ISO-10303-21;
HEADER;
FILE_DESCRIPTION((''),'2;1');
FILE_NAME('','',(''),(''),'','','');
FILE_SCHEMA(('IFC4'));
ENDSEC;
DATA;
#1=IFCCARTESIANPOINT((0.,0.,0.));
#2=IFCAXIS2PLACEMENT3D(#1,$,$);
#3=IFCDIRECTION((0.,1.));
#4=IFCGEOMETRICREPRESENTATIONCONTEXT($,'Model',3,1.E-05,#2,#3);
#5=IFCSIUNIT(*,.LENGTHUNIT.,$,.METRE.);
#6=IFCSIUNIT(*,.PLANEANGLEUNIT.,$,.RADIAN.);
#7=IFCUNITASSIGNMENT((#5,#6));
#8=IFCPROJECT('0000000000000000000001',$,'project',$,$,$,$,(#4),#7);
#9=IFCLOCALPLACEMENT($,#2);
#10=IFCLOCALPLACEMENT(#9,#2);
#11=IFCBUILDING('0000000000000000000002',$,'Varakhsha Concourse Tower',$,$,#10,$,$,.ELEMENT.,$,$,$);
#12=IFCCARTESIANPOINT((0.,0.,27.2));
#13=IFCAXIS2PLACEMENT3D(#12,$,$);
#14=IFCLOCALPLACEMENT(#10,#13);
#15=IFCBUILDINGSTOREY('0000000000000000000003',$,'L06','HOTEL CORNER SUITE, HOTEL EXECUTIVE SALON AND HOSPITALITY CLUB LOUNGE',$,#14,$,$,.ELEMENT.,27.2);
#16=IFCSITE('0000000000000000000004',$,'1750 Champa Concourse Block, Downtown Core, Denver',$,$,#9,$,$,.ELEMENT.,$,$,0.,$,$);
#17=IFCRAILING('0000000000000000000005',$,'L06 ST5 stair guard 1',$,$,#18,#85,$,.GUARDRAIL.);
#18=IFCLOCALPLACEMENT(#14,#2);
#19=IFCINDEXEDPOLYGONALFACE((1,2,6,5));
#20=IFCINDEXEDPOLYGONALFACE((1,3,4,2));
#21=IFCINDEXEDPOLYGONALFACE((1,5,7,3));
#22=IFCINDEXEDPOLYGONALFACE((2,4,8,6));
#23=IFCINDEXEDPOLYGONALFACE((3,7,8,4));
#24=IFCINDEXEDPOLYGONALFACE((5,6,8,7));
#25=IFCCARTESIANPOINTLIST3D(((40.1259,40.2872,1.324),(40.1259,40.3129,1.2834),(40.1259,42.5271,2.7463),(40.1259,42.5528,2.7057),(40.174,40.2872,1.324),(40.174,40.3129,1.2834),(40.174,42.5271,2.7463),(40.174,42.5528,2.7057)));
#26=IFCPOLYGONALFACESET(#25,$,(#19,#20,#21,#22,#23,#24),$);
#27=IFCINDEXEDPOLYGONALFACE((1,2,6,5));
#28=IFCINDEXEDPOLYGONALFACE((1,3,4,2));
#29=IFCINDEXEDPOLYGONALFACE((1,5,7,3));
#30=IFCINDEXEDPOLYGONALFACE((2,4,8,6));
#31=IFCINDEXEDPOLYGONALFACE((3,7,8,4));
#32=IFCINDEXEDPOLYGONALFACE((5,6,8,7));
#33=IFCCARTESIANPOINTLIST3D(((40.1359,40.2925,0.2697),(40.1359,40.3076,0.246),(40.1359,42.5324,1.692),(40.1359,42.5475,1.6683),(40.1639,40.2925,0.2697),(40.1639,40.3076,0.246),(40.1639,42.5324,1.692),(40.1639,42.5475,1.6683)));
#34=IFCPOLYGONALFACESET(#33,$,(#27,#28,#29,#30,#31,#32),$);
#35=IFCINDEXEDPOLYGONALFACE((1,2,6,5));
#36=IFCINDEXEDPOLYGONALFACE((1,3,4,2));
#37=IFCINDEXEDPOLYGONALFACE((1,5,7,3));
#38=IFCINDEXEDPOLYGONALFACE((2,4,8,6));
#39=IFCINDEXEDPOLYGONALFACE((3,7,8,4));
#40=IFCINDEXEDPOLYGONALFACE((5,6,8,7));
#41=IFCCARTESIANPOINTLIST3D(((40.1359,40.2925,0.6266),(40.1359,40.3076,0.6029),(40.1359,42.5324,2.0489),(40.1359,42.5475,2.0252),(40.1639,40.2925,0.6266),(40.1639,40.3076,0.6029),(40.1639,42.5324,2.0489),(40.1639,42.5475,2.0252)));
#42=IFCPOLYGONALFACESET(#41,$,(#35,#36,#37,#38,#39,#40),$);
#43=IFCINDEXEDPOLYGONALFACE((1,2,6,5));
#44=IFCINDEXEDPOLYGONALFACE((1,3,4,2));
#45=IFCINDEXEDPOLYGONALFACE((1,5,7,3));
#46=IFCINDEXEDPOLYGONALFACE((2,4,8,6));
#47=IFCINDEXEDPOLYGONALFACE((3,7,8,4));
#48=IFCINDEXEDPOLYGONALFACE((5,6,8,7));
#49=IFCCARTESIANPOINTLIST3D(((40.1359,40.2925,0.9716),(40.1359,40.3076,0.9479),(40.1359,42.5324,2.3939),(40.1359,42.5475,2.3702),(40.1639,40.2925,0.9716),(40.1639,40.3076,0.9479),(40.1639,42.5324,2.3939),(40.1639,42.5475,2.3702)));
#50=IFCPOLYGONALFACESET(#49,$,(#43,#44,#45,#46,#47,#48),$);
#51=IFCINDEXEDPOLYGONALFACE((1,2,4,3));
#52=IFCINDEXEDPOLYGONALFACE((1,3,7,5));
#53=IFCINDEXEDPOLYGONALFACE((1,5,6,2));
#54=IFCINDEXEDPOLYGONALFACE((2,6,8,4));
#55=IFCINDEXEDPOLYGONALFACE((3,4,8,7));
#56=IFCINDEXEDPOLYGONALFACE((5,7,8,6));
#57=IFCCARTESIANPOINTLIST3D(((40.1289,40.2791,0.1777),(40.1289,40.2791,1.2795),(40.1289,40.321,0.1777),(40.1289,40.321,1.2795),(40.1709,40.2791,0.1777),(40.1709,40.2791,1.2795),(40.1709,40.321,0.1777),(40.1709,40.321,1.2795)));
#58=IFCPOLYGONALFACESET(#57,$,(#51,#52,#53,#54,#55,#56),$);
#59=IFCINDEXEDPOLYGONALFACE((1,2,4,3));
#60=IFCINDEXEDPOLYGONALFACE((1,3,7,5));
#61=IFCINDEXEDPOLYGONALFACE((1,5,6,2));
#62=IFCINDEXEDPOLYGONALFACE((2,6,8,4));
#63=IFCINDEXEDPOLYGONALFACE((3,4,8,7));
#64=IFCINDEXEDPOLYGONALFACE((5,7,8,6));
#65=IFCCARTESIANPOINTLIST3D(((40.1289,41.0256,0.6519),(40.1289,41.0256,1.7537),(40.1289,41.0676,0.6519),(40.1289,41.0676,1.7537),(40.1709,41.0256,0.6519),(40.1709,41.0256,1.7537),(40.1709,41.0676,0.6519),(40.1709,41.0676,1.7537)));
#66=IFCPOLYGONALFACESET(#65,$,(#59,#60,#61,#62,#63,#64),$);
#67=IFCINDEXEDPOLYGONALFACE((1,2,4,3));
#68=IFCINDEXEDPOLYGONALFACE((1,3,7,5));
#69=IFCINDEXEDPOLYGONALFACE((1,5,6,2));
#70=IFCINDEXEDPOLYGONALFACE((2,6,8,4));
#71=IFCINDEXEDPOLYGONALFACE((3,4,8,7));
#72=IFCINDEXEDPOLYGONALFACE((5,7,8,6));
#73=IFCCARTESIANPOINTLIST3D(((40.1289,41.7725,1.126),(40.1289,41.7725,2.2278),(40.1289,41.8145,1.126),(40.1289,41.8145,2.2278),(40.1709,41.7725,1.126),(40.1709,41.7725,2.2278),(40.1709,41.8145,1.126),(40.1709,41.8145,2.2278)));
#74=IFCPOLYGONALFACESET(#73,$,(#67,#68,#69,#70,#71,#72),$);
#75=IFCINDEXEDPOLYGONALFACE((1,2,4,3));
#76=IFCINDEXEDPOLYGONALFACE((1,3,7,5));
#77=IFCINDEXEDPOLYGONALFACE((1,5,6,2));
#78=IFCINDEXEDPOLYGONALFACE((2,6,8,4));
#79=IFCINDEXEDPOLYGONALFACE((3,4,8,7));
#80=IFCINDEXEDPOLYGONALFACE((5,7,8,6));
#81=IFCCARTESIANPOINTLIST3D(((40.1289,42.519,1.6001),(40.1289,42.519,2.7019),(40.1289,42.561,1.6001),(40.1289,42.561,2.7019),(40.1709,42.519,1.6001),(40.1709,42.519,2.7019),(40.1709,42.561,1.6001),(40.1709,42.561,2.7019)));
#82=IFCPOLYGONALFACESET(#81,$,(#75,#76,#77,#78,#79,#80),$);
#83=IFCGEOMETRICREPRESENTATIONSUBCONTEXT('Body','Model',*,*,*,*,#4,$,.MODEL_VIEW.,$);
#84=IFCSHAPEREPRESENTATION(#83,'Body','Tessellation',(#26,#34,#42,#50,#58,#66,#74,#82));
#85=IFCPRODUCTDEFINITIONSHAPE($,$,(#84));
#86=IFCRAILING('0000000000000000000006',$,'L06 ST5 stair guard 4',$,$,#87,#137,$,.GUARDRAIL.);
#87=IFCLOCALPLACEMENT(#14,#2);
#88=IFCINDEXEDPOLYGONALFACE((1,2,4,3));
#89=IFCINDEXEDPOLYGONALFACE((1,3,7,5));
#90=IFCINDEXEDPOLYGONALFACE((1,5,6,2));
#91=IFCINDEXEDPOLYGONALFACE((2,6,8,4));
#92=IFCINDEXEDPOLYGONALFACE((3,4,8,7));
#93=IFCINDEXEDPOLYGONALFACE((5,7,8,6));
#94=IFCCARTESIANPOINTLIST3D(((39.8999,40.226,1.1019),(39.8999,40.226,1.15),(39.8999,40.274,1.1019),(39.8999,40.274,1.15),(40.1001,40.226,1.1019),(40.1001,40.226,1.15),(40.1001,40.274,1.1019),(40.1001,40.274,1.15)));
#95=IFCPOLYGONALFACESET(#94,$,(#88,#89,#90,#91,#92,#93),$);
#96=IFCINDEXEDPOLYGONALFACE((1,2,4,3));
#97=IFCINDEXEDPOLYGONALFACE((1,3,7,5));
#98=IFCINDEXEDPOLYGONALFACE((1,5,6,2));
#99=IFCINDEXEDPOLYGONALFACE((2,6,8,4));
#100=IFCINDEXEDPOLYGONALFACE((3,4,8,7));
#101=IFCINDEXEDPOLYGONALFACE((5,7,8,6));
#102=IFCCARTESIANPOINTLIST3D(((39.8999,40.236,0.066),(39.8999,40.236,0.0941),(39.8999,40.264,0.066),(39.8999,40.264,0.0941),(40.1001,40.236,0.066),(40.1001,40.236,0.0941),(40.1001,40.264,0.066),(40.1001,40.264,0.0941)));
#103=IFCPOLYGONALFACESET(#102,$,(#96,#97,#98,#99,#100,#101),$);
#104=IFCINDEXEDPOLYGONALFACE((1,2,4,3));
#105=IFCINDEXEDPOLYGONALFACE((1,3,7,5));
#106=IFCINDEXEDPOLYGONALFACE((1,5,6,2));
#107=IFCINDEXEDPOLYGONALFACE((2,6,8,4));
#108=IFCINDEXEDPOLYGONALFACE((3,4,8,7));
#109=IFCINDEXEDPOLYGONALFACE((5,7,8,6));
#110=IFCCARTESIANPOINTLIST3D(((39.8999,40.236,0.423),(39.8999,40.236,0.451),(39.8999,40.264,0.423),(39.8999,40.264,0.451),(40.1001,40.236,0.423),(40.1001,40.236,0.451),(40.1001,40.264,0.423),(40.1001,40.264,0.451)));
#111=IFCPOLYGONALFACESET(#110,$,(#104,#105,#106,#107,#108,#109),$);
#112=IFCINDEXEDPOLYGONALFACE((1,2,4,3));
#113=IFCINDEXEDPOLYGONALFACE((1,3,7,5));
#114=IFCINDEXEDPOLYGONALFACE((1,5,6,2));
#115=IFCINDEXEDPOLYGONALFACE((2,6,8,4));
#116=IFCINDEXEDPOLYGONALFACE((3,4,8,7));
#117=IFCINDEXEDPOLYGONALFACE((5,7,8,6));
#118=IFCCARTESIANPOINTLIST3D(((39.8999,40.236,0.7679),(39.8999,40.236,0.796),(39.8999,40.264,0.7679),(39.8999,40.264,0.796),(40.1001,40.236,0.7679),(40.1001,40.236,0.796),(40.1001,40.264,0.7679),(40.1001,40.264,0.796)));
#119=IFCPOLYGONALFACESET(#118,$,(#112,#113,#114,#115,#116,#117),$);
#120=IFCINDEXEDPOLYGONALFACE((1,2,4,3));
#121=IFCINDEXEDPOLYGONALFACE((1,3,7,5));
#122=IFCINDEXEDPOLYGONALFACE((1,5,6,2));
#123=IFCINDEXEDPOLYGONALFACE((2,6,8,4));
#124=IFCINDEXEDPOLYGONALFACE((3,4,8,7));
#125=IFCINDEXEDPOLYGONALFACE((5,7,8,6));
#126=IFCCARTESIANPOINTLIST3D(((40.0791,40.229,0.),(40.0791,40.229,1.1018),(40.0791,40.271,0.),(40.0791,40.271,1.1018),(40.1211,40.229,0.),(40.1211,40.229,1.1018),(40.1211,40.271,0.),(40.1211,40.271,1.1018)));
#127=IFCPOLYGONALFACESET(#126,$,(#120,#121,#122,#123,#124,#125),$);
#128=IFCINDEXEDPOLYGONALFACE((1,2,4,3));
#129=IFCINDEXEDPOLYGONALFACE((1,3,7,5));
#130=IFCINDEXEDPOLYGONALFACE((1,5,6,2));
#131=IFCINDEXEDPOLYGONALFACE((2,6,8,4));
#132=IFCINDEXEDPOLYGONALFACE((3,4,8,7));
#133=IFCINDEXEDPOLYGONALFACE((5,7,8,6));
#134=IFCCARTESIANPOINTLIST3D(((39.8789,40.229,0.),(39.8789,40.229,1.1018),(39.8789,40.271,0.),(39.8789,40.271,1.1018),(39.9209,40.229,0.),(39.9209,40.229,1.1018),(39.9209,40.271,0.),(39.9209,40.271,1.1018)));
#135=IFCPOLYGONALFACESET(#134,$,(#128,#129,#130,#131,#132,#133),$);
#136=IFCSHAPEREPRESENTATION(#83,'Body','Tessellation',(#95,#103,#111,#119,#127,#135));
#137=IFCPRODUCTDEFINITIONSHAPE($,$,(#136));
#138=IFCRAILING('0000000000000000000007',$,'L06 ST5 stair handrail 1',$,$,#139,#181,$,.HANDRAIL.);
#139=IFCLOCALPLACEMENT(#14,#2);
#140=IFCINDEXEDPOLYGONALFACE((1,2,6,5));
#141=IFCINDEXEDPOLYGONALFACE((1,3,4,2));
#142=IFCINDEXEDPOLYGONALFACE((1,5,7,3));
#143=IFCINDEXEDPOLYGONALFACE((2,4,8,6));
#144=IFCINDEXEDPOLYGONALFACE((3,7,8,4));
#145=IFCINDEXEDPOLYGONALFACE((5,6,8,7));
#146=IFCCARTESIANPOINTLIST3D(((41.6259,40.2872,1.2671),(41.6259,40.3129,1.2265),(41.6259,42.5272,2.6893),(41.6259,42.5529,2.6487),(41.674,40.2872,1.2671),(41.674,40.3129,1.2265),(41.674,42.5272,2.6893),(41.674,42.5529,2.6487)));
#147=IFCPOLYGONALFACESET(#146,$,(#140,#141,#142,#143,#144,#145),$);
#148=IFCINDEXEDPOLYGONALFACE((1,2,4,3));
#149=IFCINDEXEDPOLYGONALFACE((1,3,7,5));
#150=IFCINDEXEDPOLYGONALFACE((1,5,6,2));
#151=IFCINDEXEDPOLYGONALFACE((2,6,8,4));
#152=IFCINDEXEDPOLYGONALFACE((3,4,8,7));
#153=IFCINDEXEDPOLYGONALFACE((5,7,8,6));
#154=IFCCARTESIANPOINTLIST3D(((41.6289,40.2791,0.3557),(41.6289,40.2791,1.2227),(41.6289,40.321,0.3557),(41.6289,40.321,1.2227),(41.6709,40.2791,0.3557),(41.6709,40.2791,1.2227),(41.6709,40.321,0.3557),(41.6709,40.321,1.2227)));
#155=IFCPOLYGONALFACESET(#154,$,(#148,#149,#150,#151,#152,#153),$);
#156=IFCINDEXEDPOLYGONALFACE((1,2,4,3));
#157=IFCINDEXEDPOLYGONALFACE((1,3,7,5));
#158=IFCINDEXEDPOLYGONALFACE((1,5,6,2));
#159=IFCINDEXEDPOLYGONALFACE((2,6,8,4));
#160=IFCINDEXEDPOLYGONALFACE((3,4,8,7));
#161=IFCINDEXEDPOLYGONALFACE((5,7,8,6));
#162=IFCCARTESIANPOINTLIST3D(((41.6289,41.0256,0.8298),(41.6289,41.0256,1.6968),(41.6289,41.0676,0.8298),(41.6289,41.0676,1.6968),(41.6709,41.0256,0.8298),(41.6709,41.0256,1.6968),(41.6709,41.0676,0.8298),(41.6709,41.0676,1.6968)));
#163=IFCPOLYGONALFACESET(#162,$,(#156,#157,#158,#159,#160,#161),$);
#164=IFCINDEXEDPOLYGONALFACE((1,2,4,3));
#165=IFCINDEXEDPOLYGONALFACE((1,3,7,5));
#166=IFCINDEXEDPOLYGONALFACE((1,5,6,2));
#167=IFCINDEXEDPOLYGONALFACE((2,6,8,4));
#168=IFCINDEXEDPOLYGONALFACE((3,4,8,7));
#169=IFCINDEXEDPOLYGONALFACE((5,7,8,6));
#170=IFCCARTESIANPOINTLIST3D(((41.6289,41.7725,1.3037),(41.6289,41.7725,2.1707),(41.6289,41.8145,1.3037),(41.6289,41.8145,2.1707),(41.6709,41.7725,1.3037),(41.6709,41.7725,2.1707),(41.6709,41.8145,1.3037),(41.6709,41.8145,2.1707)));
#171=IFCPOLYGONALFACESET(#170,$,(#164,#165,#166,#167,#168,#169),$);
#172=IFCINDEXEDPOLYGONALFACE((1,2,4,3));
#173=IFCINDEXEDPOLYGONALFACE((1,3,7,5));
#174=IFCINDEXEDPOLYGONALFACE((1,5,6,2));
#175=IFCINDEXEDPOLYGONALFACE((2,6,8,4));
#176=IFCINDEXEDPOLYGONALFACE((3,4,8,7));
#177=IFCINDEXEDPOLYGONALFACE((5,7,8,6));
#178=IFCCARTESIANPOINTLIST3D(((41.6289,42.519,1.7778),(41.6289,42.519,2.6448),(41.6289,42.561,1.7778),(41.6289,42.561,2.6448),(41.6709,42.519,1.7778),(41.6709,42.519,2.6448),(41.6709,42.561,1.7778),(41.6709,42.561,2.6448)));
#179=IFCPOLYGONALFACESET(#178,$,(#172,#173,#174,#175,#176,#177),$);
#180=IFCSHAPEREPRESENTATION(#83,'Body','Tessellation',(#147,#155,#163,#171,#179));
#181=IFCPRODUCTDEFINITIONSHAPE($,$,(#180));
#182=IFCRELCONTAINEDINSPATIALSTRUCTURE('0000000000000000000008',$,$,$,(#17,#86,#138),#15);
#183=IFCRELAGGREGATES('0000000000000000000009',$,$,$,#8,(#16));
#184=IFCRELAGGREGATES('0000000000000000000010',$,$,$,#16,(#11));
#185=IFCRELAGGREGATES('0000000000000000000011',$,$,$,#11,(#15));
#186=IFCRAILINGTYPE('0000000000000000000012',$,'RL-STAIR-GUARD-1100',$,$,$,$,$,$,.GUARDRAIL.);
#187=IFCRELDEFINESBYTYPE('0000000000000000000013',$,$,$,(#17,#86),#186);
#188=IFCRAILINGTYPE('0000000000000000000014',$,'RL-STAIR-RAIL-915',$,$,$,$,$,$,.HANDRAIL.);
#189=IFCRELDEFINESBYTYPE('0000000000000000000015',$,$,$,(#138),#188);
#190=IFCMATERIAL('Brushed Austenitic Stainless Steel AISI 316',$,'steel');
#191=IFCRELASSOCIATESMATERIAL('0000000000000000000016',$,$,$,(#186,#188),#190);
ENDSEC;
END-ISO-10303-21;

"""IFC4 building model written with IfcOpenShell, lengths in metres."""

from ifc_helpers import new_model, si_unit, direction, frame, origin, origin_2d, place, context, subcontext, project, spatial, rectangle, extrude, material, type_object, element, save


model = new_model("IFC4")

# Units and contexts
model_context = context("Model", 3, precision=1e-05, world=origin(), true_north=direction((0.0, 1.0)))
body_context = subcontext(model_context, "Body", "Model", "MODEL_VIEW")
ifc_project = project(units=[si_unit("LENGTHUNIT", "METRE"), si_unit("PLANEANGLEUNIT", "RADIAN")], contexts=[model_context])

# Site, building, storey
site_placement = place(None, origin())
site = spatial("IfcSite", under=ifc_project, at=site_placement, Name="1750 Champa Concourse Block, Downtown Core, Denver", CompositionType="ELEMENT", RefElevation=0.0)
building_placement = place(site_placement, origin())
building = spatial("IfcBuilding", under=site, at=building_placement, Name="Varakhsha Concourse Tower", CompositionType="ELEMENT")
storey_placement = place(building_placement, frame((0.0, 0.0, 27.2)))
storey = spatial("IfcBuildingStorey", under=building, at=storey_placement, Name="L06", Description="HOTEL CORNER SUITE, HOTEL EXECUTIVE SALON AND HOSPITALITY CLUB LOUNGE", CompositionType="ELEMENT", Elevation=27.2)

# Railings
ifc_material_1 = material(Name="Brushed Austenitic Stainless Steel AISI 316", Category="steel")
railing_type_1 = type_object("IfcRailingType", Name="RL-STAIR-GUARD-1100", PredefinedType="GUARDRAIL", material=ifc_material_1)
railing_1_placement = place(storey_placement, frame((40.1499, 40.3, 0.1777)))
element("IfcRailing", 1, at=railing_1_placement, inside=storey, type_object=railing_type_1, Name="L06 ST5 stair guard 1", PredefinedType="GUARDRAIL", context=body_context, shape_type="SweptSolid", body=[
    extrude(rectangle(XDim=0.0481, YDim=0.0481, at=origin_2d()), frame((0.0, 0.0, 1.126), z_axis=(0.0, 0.844188, 0.536048), x_axis=(-1.0, 0.0, 0.0)), (0.0, 0.0, 1.0), 2.6533),
    extrude(rectangle(XDim=0.0281, YDim=0.0281, at=origin_2d()), frame((0.0, 0.0, 0.0801), z_axis=(0.0, 0.844188, 0.536048), x_axis=(-1.0, 0.0, 0.0)), (0.0, 0.0, 1.0), 2.6533),
    extrude(rectangle(XDim=0.0281, YDim=0.0281, at=origin_2d()), frame((0.0, 0.0, 0.437), z_axis=(0.0, 0.844188, 0.536048), x_axis=(-1.0, 0.0, 0.0)), (0.0, 0.0, 1.0), 2.6533),
    extrude(rectangle(XDim=0.0281, YDim=0.0281, at=origin_2d()), frame((0.0, 0.0, 0.782), z_axis=(0.0, 0.844188, 0.536048), x_axis=(-1.0, 0.0, 0.0)), (0.0, 0.0, 1.0), 2.6533),
    extrude(rectangle(XDim=0.042, YDim=0.042, at=origin_2d()), origin(), (0.0, 0.0, 1.0), 1.1018),
    extrude(rectangle(XDim=0.042, YDim=0.042, at=origin_2d()), frame((0.0, 0.7466, 0.4741)), (0.0, 0.0, 1.0), 1.1018),
    extrude(rectangle(XDim=0.042, YDim=0.042, at=origin_2d()), frame((0.0, 1.4934, 0.9482)), (0.0, 0.0, 1.0), 1.1018),
    extrude(rectangle(XDim=0.042, YDim=0.042, at=origin_2d()), frame((0.0, 2.24, 1.4224)), (0.0, 0.0, 1.0), 1.1018),
])
railing_2_placement = place(storey_placement, frame((40.1001, 40.25, 0.0)))
element("IfcRailing", 2, at=railing_2_placement, inside=storey, type_object=railing_type_1, Name="L06 ST5 stair guard 4", PredefinedType="GUARDRAIL", context=body_context, shape_type="SweptSolid", body=[
    extrude(rectangle(XDim=0.0481, YDim=0.0481, at=origin_2d()), frame((0.0, 0.0, 1.126), z_axis=(-1.0, 0.0, 0.0), x_axis=(0.0, -1.0, 0.0)), (0.0, 0.0, 1.0), 0.2002),
    extrude(rectangle(XDim=0.0281, YDim=0.0281, at=origin_2d()), frame((0.0, 0.0, 0.0801), z_axis=(-1.0, 0.0, 0.0), x_axis=(0.0, -1.0, 0.0)), (0.0, 0.0, 1.0), 0.2002),
    extrude(rectangle(XDim=0.0281, YDim=0.0281, at=origin_2d()), frame((0.0, 0.0, 0.437), z_axis=(-1.0, 0.0, 0.0), x_axis=(0.0, -1.0, 0.0)), (0.0, 0.0, 1.0), 0.2002),
    extrude(rectangle(XDim=0.0281, YDim=0.0281, at=origin_2d()), frame((0.0, 0.0, 0.782), z_axis=(-1.0, 0.0, 0.0), x_axis=(0.0, -1.0, 0.0)), (0.0, 0.0, 1.0), 0.2002),
    extrude(rectangle(XDim=0.042, YDim=0.042, at=origin_2d()), origin(), (0.0, 0.0, 1.0), 1.1018),
    extrude(rectangle(XDim=0.042, YDim=0.042, at=origin_2d()), frame((-0.2002, 0.0, 0.0)), (0.0, 0.0, 1.0), 1.1018),
])
railing_type_2 = type_object("IfcRailingType", Name="RL-STAIR-RAIL-915", PredefinedType="HANDRAIL", material=ifc_material_1)
railing_3_placement = place(storey_placement, frame((41.6499, 40.3, 0.3557)))
element("IfcRailing", 3, at=railing_3_placement, inside=storey, type_object=railing_type_2, Name="L06 ST5 stair handrail 1", PredefinedType="HANDRAIL", context=body_context, shape_type="SweptSolid", body=[
    extrude(rectangle(XDim=0.0481, YDim=0.0481, at=origin_2d()), frame((0.0, 0.0, 0.8911), z_axis=(0.0, 0.844229, 0.535982), x_axis=(-1.0, 0.0, 0.0)), (0.0, 0.0, 1.0), 2.6533),
    extrude(rectangle(XDim=0.042, YDim=0.042, at=origin_2d()), origin(), (0.0, 0.0, 1.0), 0.8669),
    extrude(rectangle(XDim=0.042, YDim=0.042, at=origin_2d()), frame((0.0, 0.7466, 0.4741)), (0.0, 0.0, 1.0), 0.8669),
    extrude(rectangle(XDim=0.042, YDim=0.042, at=origin_2d()), frame((0.0, 1.4934, 0.948)), (0.0, 0.0, 1.0), 0.8669),
    extrude(rectangle(XDim=0.042, YDim=0.042, at=origin_2d()), frame((0.0, 2.24, 1.4221)), (0.0, 0.0, 1.0), 0.8669),
])

save(model, "model.ifc")
